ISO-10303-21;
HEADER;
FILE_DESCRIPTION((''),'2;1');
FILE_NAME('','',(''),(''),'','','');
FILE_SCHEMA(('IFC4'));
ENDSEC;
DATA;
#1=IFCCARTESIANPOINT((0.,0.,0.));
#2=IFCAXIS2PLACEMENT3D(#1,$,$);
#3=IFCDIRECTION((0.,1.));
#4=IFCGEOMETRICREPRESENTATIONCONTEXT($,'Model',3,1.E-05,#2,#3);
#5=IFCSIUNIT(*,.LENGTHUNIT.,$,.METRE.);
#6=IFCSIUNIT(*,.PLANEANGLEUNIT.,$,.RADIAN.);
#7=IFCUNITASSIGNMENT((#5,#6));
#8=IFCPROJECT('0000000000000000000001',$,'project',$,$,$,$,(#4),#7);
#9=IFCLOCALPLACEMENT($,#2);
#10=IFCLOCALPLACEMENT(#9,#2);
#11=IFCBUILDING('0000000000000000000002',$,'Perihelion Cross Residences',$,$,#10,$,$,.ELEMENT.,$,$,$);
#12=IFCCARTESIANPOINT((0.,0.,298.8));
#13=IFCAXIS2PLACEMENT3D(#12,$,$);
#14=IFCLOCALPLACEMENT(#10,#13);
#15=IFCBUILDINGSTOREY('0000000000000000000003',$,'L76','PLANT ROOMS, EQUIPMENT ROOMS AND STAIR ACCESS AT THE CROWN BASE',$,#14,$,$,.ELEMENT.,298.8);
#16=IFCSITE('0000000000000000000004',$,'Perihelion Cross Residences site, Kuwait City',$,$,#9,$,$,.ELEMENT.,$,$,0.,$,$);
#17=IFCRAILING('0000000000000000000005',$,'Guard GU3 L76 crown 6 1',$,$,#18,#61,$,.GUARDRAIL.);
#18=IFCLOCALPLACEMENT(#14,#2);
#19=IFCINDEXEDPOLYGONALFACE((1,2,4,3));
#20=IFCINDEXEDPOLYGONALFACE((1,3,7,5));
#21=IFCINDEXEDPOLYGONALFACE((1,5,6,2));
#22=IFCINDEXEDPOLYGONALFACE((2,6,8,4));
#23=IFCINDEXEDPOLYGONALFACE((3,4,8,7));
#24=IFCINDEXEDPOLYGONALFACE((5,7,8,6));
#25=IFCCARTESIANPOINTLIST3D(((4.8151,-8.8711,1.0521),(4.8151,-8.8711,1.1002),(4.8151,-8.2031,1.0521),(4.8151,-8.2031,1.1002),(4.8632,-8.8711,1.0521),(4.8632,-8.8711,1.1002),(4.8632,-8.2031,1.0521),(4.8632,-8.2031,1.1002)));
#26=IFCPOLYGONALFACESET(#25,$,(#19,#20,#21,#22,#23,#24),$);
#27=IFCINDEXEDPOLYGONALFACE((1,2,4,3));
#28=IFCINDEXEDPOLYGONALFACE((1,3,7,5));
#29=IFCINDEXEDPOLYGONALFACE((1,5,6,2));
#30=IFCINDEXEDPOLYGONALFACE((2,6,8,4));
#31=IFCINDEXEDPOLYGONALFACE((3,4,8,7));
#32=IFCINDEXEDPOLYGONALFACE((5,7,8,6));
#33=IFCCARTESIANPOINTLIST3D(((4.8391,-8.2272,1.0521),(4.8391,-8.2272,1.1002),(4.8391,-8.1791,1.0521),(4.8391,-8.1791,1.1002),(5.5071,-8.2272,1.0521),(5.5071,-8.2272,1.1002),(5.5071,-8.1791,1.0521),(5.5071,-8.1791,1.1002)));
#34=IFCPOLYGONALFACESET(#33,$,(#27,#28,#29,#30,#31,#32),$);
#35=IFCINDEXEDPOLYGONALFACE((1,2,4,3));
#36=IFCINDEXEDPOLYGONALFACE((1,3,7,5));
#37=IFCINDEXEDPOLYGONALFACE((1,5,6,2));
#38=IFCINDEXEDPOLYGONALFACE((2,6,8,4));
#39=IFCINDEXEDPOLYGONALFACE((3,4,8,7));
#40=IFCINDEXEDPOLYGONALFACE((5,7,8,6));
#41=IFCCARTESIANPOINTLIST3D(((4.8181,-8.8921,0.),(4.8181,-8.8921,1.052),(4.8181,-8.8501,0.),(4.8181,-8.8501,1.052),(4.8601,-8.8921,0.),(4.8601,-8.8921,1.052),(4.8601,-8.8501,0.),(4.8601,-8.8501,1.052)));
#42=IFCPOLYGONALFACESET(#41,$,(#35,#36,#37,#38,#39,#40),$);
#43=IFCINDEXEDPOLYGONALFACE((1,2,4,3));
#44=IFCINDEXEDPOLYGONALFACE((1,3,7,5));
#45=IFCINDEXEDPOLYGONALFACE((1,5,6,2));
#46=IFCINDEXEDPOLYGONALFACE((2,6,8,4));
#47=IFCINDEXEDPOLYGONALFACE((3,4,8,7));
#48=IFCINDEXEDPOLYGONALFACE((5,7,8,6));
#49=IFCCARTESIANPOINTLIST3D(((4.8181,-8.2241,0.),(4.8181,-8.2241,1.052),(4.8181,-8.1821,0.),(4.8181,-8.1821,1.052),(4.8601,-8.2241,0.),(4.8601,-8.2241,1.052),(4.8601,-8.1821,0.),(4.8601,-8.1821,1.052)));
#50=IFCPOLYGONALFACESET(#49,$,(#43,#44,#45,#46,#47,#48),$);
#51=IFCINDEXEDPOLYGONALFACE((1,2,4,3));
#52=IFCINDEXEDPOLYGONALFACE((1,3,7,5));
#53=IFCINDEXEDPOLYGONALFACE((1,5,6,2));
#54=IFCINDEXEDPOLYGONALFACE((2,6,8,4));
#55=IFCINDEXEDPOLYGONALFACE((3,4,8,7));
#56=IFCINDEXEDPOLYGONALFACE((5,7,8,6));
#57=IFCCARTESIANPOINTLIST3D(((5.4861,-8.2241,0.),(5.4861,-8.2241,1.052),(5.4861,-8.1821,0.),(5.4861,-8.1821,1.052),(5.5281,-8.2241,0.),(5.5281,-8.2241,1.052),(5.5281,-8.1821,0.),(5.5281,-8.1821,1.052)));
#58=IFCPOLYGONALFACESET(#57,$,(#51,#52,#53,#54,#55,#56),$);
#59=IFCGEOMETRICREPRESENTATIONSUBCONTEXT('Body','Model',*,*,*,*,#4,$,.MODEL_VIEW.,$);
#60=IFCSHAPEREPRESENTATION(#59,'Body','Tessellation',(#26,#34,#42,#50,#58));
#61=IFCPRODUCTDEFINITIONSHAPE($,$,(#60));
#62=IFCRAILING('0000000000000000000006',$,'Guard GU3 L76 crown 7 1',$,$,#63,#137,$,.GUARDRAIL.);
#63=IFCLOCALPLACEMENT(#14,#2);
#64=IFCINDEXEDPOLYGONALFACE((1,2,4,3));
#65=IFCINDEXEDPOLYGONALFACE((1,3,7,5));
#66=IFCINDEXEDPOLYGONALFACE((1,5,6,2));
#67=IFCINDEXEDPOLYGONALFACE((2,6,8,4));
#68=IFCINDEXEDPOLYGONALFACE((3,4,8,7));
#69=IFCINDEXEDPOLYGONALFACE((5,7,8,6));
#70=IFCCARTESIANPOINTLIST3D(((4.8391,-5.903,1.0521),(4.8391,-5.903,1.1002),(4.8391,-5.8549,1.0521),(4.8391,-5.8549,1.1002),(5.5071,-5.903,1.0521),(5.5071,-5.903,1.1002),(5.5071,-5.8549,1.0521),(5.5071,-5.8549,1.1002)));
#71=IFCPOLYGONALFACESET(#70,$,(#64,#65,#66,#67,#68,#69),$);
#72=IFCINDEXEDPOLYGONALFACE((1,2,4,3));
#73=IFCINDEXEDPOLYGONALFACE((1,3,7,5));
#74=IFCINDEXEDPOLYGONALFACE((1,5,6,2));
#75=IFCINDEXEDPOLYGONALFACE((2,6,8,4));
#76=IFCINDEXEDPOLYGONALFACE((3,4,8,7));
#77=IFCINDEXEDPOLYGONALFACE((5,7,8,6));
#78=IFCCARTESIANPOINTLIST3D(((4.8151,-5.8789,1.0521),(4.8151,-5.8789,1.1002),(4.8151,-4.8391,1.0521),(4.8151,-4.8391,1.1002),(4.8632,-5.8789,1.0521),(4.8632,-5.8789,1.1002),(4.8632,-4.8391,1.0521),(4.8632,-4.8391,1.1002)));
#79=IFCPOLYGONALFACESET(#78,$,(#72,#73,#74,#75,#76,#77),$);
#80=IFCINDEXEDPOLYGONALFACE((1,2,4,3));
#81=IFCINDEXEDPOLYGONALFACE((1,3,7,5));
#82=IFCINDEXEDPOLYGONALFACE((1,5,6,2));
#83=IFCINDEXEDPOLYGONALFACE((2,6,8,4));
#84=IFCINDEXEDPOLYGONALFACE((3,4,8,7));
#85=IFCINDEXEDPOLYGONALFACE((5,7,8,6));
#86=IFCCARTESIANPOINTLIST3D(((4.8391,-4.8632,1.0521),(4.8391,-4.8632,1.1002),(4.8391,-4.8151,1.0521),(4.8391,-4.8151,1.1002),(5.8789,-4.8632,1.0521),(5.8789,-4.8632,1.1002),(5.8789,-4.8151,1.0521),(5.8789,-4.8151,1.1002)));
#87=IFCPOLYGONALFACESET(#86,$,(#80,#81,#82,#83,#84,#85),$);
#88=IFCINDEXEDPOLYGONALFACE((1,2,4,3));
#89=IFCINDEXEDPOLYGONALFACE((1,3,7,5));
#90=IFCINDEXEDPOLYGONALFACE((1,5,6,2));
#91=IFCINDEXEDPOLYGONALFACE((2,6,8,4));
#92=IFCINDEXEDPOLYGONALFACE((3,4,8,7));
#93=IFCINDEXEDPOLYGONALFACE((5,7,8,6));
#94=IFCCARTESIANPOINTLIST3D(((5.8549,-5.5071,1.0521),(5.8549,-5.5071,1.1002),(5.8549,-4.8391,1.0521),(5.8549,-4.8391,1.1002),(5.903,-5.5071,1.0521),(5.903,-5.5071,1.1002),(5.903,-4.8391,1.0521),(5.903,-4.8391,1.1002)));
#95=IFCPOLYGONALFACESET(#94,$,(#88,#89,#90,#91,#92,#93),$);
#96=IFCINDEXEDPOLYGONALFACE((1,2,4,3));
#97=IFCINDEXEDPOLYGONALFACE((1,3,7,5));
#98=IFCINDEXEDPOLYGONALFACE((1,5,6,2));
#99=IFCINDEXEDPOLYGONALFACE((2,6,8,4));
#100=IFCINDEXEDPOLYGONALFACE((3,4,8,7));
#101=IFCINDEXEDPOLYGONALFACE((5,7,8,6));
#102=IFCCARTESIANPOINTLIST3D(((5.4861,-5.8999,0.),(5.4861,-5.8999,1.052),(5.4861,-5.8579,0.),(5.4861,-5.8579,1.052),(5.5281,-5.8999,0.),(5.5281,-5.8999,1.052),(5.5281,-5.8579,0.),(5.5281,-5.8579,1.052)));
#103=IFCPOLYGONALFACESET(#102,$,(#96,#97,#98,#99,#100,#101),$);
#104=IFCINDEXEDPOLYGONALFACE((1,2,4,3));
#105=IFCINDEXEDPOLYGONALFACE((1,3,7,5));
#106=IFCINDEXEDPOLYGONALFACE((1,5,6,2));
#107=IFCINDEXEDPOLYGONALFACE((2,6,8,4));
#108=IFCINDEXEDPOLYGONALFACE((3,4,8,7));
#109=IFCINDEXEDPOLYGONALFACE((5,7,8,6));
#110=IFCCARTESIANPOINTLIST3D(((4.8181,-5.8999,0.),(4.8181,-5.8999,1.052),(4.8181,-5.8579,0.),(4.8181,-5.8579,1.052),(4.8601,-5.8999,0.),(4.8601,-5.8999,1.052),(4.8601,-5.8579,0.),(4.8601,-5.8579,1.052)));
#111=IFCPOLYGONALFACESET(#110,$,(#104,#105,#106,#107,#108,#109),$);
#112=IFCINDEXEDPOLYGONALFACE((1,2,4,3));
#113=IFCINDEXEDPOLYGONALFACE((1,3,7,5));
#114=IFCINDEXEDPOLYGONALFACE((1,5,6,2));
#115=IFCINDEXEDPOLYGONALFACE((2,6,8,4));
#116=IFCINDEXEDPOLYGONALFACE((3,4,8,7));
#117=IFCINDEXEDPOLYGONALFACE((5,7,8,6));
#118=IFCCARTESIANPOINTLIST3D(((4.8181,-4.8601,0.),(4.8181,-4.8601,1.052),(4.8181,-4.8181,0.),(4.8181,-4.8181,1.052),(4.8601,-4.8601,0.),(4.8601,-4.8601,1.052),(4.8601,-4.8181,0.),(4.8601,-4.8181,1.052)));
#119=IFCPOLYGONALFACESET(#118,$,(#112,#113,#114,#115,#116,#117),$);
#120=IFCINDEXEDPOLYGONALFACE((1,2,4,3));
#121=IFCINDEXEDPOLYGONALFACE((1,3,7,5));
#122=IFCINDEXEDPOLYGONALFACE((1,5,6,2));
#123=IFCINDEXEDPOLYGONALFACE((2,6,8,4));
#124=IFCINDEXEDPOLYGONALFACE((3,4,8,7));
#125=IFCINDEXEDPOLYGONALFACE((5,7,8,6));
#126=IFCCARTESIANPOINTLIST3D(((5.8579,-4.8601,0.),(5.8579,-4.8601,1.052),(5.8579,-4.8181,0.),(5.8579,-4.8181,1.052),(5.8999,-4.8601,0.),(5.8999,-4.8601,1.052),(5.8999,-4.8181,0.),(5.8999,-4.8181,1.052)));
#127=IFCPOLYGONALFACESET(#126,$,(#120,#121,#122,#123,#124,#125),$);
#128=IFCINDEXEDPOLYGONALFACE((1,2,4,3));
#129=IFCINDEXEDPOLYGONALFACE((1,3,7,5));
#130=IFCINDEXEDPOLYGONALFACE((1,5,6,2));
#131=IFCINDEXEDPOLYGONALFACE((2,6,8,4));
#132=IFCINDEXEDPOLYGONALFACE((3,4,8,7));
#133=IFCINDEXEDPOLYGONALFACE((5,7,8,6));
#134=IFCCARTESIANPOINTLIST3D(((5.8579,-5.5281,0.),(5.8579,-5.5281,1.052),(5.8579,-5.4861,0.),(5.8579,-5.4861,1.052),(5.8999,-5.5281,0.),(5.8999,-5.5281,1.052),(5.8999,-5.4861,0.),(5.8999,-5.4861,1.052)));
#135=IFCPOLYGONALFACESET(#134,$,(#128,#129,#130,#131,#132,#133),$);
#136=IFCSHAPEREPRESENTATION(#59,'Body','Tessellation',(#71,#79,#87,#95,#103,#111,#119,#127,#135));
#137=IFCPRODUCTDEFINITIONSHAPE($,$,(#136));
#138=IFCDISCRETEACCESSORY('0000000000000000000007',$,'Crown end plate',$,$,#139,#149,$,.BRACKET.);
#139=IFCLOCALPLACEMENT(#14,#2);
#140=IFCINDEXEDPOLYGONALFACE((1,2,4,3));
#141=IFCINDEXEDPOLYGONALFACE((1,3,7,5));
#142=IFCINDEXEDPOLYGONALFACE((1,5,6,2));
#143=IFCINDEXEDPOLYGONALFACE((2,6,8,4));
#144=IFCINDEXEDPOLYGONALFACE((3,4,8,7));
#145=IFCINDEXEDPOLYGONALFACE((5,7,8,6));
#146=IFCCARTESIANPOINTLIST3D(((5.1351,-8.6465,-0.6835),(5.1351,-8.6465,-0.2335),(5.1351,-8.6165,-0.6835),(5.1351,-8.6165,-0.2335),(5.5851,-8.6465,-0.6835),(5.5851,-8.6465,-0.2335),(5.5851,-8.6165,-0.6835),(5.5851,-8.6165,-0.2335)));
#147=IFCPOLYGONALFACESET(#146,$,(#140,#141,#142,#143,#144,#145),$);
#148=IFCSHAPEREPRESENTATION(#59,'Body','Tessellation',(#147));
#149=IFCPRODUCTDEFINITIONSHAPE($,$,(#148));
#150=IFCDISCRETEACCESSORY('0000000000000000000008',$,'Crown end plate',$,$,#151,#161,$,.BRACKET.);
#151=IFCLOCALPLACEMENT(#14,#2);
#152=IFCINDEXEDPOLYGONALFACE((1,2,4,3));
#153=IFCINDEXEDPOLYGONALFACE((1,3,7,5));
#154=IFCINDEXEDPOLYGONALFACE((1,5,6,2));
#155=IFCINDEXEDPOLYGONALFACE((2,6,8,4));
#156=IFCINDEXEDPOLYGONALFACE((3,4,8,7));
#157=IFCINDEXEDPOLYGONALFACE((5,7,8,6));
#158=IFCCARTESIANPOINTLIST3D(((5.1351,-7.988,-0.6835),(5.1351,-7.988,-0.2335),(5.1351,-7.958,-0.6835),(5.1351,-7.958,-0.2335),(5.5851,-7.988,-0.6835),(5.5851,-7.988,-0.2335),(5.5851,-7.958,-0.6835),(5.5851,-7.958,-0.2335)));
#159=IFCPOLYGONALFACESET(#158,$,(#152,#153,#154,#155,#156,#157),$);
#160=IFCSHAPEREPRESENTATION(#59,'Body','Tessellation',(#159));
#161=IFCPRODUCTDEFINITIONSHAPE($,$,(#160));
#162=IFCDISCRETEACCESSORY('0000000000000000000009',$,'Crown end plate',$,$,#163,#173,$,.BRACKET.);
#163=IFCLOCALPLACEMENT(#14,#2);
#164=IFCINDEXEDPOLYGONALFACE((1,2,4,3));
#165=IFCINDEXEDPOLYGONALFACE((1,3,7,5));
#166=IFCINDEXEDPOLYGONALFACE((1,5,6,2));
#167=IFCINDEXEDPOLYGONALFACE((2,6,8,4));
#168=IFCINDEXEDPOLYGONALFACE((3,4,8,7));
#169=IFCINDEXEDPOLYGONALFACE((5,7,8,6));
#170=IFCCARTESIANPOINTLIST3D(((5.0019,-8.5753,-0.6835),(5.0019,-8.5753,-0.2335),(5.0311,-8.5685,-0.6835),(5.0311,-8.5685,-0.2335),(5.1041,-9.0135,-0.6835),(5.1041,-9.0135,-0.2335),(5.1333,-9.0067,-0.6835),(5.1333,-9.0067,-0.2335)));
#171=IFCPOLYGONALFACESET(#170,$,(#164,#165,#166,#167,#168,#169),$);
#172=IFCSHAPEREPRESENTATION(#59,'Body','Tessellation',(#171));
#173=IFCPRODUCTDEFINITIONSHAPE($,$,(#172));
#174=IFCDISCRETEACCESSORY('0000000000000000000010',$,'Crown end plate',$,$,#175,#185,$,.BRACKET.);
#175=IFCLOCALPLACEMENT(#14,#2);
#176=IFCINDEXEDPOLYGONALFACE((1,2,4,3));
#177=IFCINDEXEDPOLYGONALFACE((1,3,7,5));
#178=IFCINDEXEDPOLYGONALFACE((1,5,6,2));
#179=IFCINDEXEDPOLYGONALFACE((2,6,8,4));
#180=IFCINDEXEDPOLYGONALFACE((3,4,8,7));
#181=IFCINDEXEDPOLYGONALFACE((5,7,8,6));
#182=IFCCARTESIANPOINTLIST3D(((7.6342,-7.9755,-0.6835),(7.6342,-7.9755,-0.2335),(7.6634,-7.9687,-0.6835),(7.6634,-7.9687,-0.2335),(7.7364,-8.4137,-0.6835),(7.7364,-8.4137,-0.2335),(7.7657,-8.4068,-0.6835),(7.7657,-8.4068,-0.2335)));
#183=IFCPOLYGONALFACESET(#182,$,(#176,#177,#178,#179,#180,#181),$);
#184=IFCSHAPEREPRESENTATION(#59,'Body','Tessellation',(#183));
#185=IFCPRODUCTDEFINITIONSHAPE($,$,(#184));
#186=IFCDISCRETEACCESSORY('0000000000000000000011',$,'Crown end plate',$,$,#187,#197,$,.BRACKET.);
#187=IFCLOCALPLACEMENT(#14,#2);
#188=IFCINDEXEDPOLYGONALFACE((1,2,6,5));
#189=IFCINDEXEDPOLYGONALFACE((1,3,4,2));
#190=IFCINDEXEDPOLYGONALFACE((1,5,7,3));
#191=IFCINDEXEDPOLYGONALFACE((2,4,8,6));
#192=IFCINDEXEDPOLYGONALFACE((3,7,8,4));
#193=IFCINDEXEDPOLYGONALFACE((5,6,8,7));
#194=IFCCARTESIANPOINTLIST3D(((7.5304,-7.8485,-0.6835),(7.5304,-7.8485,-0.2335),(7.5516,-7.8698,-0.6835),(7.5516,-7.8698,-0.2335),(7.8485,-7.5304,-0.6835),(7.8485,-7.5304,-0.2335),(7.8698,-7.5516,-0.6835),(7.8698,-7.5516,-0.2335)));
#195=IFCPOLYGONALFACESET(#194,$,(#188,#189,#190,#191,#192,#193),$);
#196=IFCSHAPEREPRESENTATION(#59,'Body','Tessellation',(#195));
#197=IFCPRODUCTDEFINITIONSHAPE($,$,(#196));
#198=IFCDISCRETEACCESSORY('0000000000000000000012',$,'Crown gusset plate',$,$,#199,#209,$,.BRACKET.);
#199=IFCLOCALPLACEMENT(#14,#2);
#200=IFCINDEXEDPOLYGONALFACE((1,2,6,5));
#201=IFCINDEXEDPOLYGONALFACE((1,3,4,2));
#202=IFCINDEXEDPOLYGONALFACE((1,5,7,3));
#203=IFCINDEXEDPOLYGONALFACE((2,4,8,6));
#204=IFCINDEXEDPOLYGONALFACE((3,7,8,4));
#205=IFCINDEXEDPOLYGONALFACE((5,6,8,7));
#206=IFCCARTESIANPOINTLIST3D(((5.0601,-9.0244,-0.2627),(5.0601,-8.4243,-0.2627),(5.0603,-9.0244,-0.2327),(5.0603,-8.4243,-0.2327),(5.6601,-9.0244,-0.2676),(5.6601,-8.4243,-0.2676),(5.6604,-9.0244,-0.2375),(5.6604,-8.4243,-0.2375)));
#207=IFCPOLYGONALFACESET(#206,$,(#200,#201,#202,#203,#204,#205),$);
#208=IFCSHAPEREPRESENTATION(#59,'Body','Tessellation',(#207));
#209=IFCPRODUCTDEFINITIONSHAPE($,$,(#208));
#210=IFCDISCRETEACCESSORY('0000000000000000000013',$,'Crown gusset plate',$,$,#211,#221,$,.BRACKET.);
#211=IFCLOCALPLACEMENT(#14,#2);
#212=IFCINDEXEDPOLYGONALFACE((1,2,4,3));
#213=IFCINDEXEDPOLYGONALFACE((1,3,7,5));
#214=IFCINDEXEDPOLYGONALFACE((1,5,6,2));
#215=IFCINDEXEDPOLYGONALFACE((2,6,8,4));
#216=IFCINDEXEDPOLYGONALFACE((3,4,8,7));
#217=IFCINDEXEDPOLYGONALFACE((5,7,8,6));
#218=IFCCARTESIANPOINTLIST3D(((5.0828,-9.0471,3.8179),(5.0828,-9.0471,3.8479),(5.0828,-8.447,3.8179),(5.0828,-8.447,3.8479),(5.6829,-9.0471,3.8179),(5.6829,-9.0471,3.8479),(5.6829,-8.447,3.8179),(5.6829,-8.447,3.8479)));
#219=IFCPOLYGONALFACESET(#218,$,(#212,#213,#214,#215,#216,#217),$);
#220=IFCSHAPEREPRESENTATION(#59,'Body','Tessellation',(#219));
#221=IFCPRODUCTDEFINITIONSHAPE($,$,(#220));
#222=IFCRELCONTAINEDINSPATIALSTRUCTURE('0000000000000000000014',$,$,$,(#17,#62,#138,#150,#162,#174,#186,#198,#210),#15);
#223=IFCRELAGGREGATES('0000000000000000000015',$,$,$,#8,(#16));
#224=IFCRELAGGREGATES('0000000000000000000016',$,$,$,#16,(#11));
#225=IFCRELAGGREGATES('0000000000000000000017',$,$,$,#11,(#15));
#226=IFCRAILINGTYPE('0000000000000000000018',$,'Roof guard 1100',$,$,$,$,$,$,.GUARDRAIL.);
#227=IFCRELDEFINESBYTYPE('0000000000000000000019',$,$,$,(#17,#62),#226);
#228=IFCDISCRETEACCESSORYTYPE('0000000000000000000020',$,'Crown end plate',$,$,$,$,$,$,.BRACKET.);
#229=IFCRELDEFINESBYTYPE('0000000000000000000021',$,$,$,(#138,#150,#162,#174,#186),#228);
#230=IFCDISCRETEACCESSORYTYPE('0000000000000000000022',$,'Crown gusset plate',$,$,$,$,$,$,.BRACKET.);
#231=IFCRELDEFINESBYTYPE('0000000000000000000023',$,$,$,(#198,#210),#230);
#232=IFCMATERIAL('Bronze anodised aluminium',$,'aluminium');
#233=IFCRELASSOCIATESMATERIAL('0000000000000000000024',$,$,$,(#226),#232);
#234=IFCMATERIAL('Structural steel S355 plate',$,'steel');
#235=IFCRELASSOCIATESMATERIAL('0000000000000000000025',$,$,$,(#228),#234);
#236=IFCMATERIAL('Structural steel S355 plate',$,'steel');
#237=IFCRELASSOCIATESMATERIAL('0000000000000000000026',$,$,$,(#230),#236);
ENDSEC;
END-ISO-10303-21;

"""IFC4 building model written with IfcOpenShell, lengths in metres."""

from ifc_helpers import new_model, si_unit, direction, frame, origin, origin_2d, place, context, subcontext, project, spatial, rectangle, extrude, material, material_profile, profile_set, type_object, element, save


model = new_model("IFC4")

# Units and contexts
model_context = context("Model", 3, precision=1e-05, world=origin(), true_north=direction((0.0, 1.0)))
body_context = subcontext(model_context, "Body", "Model", "MODEL_VIEW")
ifc_project = project(units=[si_unit("LENGTHUNIT", "METRE"), si_unit("PLANEANGLEUNIT", "RADIAN")], contexts=[model_context])

# Site, building, storey
site_placement = place(None, origin())
site = spatial("IfcSite", under=ifc_project, at=site_placement, Name="Perihelion Cross Residences site, Kuwait City", CompositionType="ELEMENT", RefElevation=0.0)
building_placement = place(site_placement, origin())
building = spatial("IfcBuilding", under=site, at=building_placement, Name="Perihelion Cross Residences", CompositionType="ELEMENT")
storey_placement = place(building_placement, frame((0.0, 0.0, 298.8)))
storey = spatial("IfcBuildingStorey", under=building, at=storey_placement, Name="L76", Description="PLANT ROOMS, EQUIPMENT ROOMS AND STAIR ACCESS AT THE CROWN BASE", CompositionType="ELEMENT", Elevation=298.8)

# Railings
ifc_material_1 = material(Name="Bronze anodised aluminium", Category="aluminium")
railing_type = type_object("IfcRailingType", Name="Roof guard 1100", PredefinedType="GUARDRAIL", material=ifc_material_1)
railing_1_placement = place(storey_placement, frame((4.8391, -8.8711, 0.0)))
element("IfcRailing", 1, at=railing_1_placement, inside=storey, type_object=railing_type, Name="Guard GU3 L76 crown 6 1", PredefinedType="GUARDRAIL", context=body_context, shape_type="SweptSolid", body=[
    extrude(rectangle(XDim=0.0481, YDim=0.0481, at=origin_2d()), frame((0.0, 0.0, 1.0762), z_axis=(0.0, 1.0, 0.0), x_axis=(-1.0, 0.0, 0.0)), (0.0, 0.0, 1.0), 0.668),
    extrude(rectangle(XDim=0.0481, YDim=0.0481, at=origin_2d()), frame((0.0, 0.668, 1.0762), z_axis=(1.0, 0.0, 0.0), x_axis=(0.0, 1.0, 0.0)), (0.0, 0.0, 1.0), 0.668),
    extrude(rectangle(XDim=0.042, YDim=0.042, at=origin_2d()), origin(), (0.0, 0.0, 1.0), 1.052),
    extrude(rectangle(XDim=0.042, YDim=0.042, at=origin_2d()), frame((0.0, 0.668, 0.0)), (0.0, 0.0, 1.0), 1.052),
    extrude(rectangle(XDim=0.042, YDim=0.042, at=origin_2d()), frame((0.668, 0.668, 0.0)), (0.0, 0.0, 1.0), 1.052),
])
railing_2_placement = place(storey_placement, frame((5.5071, -5.8789, 0.0)))
element("IfcRailing", 2, at=railing_2_placement, inside=storey, type_object=railing_type, Name="Guard GU3 L76 crown 7 1", PredefinedType="GUARDRAIL", context=body_context, shape_type="SweptSolid", body=[
    extrude(rectangle(XDim=0.0481, YDim=0.0481, at=origin_2d()), frame((0.0, 0.0, 1.0762), z_axis=(-1.0, 0.0, 0.0), x_axis=(0.0, -1.0, 0.0)), (0.0, 0.0, 1.0), 0.668),
    extrude(rectangle(XDim=0.0481, YDim=0.0481, at=origin_2d()), frame((-0.668, 0.0, 1.0762), z_axis=(0.0, 1.0, 0.0), x_axis=(-1.0, 0.0, 0.0)), (0.0, 0.0, 1.0), 1.0398),
    extrude(rectangle(XDim=0.0481, YDim=0.0481, at=origin_2d()), frame((-0.668, 1.0398, 1.0762), z_axis=(1.0, 0.0, 0.0), x_axis=(0.0, 1.0, 0.0)), (0.0, 0.0, 1.0), 1.0398),
    extrude(rectangle(XDim=0.0481, YDim=0.0481, at=origin_2d()), frame((0.3718, 1.0398, 1.0762), z_axis=(0.0, -1.0, 0.0), x_axis=(1.0, 0.0, 0.0)), (0.0, 0.0, 1.0), 0.668),
    extrude(rectangle(XDim=0.042, YDim=0.042, at=origin_2d()), origin(), (0.0, 0.0, 1.0), 1.052),
    extrude(rectangle(XDim=0.042, YDim=0.042, at=origin_2d()), frame((-0.668, 0.0, 0.0)), (0.0, 0.0, 1.0), 1.052),
    extrude(rectangle(XDim=0.042, YDim=0.042, at=origin_2d()), frame((-0.668, 1.0398, 0.0)), (0.0, 0.0, 1.0), 1.052),
    extrude(rectangle(XDim=0.042, YDim=0.042, at=origin_2d()), frame((0.3718, 1.0398, 0.0)), (0.0, 0.0, 1.0), 1.052),
    extrude(rectangle(XDim=0.042, YDim=0.042, at=origin_2d()), frame((0.3718, 0.3718, 0.0)), (0.0, 0.0, 1.0), 1.052),
])

# Discrete accessories
ifc_material_2 = material(Name="Structural steel S355 plate", Category="steel")
ifc_material_profile_1 = material_profile(ifc_material_2, rectangle(XDim=0.45, YDim=0.45, at=origin_2d()), Name="Crown end plate")
ifc_profile_set_1 = profile_set([ifc_material_profile_1], Name="Structural steel S355 plate")
discrete_accessory_type_1 = type_object("IfcDiscreteAccessoryType", Name="Crown end plate", PredefinedType="BRACKET", material=ifc_profile_set_1)
for number, where, z_axis, x_axis, name in (
    (3, (5.3601, -8.6465, -0.4585), (0.0, 1.0, 0.0), (-1.0, 0.0, 0.0), "Crown end plate"),
    (4, (5.3601, -7.988, -0.4585), (0.0, 1.0, 0.0), (-1.0, 0.0, 0.0), "Crown end plate"),
    (5, (5.053, -8.7944, -0.4585), (0.973841, 0.22723, 0.0), (-0.22723, 0.973841, 0.0), "Crown end plate"),
    (6, (7.6853, -8.1946, -0.4585), (0.973841, 0.22723, 0.0), (-0.22723, 0.973841, 0.0), "Crown end plate"),
    (7, (7.6895, -7.6895, -0.4585), (0.707107, -0.707107, 0.0), (0.707107, 0.707107, 0.0), "Crown end plate"),
):
    element("IfcDiscreteAccessory", number, at=place(storey_placement, frame(where, z_axis=z_axis, x_axis=x_axis)), inside=storey, type_object=discrete_accessory_type_1, Name=name, PredefinedType="BRACKET", context=body_context, shape_type="SweptSolid", body=[
        extrude(rectangle(XDim=0.45, YDim=0.45, at=origin_2d()), origin(), (0.0, 0.0, 1.0), 0.03),
    ])
ifc_material_3 = material(Name="Structural steel S355 plate", Category="steel")
ifc_material_profile_2 = material_profile(ifc_material_3, rectangle(XDim=0.6001, YDim=0.6001, at=origin_2d()), Name="Crown gusset plate")
ifc_profile_set_2 = profile_set([ifc_material_profile_2], Name="Structural steel S355 plate")
discrete_accessory_type_2 = type_object("IfcDiscreteAccessoryType", Name="Crown gusset plate", PredefinedType="BRACKET", material=ifc_profile_set_2)
for number, where, z_axis, x_axis, name in (
    (8, (5.3601, -8.7244, -0.2651), (0.00813, 0.0, 0.999967), (0.0, 1.0, 0.0), "Crown gusset plate"),
    (9, (5.3828, -8.7471, 3.8179), (0.0, 0.0, 1.0), (1.0, 0.0, 0.0), "Crown gusset plate"),
):
    element("IfcDiscreteAccessory", number, at=place(storey_placement, frame(where, z_axis=z_axis, x_axis=x_axis)), inside=storey, type_object=discrete_accessory_type_2, Name=name, PredefinedType="BRACKET", context=body_context, shape_type="SweptSolid", body=[
        extrude(rectangle(XDim=0.6001, YDim=0.6001, at=origin_2d()), origin(), (0.0, 0.0, 1.0), 0.03),
    ])

save(model, "model.ifc")
